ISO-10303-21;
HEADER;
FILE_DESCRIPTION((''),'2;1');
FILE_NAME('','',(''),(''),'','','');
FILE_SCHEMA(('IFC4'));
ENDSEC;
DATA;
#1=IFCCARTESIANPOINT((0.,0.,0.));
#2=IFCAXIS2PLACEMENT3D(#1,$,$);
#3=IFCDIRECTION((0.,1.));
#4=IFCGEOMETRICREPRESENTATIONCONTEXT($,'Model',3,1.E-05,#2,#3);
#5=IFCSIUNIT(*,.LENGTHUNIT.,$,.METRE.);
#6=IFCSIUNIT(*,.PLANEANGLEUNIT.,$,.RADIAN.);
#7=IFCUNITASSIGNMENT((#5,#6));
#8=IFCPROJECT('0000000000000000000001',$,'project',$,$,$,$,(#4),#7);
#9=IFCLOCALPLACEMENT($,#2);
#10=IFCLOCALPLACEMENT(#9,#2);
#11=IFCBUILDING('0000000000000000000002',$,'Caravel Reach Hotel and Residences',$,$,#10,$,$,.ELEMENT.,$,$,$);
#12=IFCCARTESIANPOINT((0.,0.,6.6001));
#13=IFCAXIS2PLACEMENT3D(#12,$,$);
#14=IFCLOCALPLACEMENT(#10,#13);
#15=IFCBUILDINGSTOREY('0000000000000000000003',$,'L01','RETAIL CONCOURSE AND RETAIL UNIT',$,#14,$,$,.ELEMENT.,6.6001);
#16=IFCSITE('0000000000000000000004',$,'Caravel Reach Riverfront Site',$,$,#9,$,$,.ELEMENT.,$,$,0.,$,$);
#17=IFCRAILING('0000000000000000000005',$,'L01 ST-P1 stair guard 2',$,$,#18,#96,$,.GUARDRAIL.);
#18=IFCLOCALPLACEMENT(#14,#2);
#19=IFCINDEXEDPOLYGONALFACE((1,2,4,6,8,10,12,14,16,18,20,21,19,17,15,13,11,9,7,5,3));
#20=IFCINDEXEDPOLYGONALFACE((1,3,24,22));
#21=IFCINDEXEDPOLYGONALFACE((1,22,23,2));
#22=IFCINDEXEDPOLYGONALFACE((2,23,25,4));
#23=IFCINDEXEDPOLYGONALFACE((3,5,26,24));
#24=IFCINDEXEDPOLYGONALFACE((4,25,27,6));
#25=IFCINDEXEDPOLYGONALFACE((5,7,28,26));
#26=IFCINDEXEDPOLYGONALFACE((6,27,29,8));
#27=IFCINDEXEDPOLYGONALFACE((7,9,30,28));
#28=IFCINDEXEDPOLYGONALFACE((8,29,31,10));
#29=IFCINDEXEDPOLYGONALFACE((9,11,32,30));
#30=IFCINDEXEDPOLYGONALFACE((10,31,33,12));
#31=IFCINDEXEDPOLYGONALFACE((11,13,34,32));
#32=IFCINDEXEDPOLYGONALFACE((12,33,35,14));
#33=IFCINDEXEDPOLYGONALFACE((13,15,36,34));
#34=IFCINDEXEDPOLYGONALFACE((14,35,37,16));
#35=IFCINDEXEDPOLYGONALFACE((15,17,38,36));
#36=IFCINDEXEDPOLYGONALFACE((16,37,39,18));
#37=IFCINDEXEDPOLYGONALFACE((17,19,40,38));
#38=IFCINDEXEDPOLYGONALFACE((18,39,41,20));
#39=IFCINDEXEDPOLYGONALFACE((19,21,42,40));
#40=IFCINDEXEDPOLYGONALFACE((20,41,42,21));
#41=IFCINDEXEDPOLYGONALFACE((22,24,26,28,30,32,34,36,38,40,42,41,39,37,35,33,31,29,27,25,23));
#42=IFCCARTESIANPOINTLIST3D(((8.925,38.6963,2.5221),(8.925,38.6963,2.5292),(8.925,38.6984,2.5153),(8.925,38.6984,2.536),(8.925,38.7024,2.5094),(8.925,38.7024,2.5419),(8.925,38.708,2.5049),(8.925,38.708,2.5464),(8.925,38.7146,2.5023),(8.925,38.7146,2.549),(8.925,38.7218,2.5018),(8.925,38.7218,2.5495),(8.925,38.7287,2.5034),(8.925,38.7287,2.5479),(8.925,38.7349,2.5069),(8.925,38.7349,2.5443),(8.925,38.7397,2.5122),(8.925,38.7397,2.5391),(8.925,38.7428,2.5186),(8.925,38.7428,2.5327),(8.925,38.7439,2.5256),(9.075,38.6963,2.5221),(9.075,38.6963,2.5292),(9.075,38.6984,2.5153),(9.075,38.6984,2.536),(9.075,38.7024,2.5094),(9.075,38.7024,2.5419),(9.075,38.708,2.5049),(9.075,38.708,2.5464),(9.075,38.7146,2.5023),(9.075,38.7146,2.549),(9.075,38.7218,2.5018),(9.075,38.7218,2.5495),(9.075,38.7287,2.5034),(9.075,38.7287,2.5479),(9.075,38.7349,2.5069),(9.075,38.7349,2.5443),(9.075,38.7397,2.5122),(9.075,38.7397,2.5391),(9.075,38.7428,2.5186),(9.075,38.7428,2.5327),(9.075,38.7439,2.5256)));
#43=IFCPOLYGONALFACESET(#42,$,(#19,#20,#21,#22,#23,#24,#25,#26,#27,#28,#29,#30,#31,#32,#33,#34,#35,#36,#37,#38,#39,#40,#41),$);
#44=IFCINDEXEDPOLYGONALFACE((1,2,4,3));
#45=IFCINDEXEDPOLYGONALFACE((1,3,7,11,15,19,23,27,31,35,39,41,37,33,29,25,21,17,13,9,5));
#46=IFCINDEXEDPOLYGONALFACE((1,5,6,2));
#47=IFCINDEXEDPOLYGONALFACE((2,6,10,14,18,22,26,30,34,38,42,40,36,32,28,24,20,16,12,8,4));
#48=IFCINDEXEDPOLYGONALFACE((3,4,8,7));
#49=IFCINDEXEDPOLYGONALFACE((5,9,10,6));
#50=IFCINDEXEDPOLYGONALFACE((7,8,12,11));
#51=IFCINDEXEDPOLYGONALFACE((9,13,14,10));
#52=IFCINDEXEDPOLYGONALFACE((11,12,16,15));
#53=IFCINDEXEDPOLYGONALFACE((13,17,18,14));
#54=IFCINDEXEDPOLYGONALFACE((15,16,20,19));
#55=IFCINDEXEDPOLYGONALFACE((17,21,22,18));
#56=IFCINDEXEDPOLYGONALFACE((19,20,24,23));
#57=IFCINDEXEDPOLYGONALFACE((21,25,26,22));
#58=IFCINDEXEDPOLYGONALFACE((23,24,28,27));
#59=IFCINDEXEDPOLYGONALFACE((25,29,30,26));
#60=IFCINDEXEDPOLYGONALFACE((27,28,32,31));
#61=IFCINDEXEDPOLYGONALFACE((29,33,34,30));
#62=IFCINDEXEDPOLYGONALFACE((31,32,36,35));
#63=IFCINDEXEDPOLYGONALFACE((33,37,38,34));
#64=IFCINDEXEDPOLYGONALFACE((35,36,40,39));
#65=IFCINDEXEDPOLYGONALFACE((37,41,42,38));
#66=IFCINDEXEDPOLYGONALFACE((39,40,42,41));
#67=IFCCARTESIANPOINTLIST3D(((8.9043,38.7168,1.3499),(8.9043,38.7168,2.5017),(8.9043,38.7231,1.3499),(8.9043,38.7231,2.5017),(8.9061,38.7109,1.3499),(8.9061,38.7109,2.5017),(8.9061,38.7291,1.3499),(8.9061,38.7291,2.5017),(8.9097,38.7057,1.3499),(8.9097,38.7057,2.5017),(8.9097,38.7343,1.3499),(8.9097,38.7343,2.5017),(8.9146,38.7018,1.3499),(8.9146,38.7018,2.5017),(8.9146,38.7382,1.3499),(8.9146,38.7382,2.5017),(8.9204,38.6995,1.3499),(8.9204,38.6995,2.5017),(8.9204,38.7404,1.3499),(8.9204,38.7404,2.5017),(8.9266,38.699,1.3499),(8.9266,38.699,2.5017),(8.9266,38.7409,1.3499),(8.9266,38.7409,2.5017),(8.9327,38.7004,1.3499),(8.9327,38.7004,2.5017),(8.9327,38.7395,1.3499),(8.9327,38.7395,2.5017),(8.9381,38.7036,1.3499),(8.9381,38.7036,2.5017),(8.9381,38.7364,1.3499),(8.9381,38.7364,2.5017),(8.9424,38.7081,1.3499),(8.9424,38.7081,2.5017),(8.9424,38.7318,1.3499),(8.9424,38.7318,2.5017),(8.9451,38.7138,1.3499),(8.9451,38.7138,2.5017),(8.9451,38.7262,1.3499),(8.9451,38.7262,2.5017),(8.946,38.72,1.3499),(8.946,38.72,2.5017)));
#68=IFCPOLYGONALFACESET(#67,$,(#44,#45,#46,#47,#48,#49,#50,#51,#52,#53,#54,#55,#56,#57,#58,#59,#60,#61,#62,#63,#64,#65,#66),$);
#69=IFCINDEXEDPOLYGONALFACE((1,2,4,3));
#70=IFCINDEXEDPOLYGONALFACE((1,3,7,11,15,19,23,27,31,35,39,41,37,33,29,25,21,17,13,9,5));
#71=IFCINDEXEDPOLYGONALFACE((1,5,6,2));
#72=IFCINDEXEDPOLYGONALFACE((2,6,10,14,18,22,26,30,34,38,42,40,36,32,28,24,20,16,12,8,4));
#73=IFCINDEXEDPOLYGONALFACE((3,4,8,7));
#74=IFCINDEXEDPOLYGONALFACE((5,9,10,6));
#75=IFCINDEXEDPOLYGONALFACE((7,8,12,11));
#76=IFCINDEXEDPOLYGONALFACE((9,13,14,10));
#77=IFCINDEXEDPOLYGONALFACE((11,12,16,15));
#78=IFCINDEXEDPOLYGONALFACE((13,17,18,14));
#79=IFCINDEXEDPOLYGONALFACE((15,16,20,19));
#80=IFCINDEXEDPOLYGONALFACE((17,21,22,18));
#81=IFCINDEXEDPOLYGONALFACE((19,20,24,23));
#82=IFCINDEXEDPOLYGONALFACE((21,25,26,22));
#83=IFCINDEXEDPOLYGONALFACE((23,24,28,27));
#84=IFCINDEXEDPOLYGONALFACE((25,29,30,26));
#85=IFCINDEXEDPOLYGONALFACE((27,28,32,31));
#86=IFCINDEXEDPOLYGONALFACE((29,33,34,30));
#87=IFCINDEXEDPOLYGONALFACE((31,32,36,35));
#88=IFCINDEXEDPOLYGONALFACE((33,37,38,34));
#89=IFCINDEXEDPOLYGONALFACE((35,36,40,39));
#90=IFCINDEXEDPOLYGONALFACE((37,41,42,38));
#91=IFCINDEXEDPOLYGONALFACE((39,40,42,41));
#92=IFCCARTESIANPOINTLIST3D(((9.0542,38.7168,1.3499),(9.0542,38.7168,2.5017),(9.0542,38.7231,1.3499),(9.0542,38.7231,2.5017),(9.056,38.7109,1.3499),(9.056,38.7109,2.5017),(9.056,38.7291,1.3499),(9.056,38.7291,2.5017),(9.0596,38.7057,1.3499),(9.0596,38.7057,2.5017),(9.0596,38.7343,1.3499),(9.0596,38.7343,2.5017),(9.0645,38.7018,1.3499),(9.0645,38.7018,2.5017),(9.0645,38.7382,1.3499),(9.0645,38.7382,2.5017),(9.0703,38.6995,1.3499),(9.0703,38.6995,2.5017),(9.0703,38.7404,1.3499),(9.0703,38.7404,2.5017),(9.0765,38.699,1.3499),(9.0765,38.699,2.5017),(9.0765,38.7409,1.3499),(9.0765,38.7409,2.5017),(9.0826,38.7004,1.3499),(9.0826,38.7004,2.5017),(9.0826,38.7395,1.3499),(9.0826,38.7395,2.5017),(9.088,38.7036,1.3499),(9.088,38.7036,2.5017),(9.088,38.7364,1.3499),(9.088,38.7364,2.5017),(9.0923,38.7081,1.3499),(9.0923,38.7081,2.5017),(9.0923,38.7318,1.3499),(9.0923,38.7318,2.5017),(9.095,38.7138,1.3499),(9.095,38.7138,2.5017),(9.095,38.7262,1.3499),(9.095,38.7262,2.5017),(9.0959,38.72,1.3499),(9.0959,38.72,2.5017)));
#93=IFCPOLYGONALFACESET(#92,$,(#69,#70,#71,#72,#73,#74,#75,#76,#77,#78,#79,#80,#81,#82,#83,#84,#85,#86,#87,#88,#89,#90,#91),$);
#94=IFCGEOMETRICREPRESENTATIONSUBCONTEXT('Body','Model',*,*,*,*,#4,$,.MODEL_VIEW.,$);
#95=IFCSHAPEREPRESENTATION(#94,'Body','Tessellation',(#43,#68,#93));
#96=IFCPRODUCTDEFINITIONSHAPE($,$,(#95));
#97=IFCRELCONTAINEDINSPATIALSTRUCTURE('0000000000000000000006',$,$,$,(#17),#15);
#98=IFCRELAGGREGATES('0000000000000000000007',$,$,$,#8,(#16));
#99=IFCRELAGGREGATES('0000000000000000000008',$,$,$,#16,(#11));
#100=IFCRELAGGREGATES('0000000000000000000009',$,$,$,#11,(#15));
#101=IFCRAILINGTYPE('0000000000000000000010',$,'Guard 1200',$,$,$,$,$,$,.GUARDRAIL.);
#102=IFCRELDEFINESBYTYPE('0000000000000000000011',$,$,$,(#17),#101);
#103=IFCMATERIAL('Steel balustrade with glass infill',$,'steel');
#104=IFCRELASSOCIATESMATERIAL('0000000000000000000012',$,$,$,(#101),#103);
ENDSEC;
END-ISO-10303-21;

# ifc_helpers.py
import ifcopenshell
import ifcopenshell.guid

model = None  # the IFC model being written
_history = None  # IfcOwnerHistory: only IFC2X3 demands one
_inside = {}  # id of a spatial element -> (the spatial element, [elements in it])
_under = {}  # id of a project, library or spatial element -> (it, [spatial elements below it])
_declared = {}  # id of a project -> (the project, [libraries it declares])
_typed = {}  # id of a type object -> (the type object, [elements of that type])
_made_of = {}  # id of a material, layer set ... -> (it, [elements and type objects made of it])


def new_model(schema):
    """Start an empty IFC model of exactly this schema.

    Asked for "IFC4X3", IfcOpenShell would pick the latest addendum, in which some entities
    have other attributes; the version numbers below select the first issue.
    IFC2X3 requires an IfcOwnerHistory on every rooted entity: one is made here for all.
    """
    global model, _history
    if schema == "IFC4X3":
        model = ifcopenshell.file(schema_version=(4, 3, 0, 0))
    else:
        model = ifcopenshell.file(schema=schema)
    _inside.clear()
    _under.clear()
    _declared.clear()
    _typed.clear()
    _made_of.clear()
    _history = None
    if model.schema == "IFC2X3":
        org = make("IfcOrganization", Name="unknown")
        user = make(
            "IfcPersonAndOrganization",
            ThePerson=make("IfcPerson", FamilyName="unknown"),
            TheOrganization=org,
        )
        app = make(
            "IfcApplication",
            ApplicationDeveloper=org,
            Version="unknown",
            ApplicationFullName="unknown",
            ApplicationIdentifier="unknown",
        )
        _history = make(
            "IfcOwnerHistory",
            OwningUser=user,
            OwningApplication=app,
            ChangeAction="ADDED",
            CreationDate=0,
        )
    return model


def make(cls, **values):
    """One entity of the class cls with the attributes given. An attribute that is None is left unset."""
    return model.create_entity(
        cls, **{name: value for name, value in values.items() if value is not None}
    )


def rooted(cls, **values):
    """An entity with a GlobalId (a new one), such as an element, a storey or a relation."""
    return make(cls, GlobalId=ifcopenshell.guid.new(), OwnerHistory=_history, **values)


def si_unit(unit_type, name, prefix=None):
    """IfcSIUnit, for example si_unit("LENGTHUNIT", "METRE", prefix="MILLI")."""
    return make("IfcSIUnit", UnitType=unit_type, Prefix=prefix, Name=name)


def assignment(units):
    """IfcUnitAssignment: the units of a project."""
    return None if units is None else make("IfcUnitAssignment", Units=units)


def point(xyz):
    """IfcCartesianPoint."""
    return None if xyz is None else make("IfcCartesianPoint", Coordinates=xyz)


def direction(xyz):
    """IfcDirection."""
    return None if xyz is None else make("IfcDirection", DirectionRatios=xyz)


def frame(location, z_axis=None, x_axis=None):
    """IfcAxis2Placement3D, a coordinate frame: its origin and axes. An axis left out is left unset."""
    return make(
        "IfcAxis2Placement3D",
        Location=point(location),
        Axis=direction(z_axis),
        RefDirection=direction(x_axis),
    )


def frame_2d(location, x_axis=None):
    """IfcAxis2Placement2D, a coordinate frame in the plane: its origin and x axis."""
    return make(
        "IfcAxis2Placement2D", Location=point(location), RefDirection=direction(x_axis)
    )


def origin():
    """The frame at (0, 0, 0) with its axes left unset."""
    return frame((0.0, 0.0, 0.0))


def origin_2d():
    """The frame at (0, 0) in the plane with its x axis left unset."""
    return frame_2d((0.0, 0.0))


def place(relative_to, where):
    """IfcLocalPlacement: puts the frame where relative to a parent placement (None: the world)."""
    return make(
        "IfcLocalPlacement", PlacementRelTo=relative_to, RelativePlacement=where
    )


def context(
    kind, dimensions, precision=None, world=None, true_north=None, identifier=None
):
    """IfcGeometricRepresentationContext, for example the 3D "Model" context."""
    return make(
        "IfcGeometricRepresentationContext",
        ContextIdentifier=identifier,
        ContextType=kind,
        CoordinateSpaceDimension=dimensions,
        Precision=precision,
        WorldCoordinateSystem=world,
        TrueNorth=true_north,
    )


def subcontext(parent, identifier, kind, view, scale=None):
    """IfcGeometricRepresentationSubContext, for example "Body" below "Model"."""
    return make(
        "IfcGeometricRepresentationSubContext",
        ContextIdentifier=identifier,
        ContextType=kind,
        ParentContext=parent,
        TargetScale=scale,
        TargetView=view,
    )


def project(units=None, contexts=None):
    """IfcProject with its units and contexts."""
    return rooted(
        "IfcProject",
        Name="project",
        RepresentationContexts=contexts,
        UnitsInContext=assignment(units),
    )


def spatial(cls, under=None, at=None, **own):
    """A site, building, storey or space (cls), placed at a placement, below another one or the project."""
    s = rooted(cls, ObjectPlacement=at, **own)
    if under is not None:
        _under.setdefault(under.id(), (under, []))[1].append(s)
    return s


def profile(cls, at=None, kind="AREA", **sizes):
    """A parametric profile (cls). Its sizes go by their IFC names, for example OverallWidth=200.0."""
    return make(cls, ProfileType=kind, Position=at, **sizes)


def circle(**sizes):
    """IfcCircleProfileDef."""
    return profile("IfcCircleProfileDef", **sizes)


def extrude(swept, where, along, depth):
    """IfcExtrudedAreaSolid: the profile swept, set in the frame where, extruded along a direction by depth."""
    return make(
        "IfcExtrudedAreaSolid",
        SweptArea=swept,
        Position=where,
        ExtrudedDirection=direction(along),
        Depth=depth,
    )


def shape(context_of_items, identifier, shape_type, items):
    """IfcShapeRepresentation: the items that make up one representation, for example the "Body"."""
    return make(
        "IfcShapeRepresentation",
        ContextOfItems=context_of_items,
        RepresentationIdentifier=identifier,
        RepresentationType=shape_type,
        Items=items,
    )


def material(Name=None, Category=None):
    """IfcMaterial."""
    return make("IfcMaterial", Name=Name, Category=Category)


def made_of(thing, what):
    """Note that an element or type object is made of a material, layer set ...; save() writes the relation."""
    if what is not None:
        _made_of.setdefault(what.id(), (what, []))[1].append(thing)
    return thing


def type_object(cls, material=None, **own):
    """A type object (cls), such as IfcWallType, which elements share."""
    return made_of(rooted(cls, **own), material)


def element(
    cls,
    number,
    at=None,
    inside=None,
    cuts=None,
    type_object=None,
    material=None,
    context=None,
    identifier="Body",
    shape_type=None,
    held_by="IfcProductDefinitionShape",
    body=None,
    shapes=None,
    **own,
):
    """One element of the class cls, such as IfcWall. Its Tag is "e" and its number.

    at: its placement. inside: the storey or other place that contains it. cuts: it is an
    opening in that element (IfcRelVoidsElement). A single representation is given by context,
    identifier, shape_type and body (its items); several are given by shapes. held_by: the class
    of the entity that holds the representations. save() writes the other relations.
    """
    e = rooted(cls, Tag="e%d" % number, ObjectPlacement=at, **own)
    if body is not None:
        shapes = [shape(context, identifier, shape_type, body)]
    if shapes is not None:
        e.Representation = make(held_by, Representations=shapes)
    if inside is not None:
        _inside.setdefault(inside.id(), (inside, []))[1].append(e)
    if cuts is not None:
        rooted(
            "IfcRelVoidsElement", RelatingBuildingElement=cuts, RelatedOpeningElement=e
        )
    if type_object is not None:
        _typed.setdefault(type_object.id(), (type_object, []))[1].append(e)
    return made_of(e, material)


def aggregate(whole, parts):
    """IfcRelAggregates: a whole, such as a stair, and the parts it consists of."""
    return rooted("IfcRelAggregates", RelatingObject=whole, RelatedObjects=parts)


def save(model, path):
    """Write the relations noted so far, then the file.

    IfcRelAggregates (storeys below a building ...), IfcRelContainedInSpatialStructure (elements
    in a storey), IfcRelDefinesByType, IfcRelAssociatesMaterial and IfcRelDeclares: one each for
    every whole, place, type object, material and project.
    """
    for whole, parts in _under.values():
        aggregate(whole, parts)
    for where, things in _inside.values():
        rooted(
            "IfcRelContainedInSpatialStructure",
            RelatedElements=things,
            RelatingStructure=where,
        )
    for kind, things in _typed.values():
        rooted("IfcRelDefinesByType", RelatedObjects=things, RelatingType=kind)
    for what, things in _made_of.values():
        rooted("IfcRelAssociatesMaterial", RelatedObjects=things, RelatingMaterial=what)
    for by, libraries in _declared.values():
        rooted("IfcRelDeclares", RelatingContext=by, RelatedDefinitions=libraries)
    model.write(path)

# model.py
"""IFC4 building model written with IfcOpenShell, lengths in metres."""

from ifc_helpers import new_model, si_unit, direction, frame, origin, origin_2d, place, context, subcontext, project, spatial, circle, extrude, material, type_object, element, save


model = new_model("IFC4")

# Units and contexts
model_context = context("Model", 3, precision=1e-05, world=origin(), true_north=direction((0.0, 1.0)))
body_context = subcontext(model_context, "Body", "Model", "MODEL_VIEW")
ifc_project = project(units=[si_unit("LENGTHUNIT", "METRE"), si_unit("PLANEANGLEUNIT", "RADIAN")], contexts=[model_context])

# Site, building, storey
site_placement = place(None, origin())
site = spatial("IfcSite", under=ifc_project, at=site_placement, Name="Caravel Reach Riverfront Site", CompositionType="ELEMENT", RefElevation=0.0)
building_placement = place(site_placement, origin())
building = spatial("IfcBuilding", under=site, at=building_placement, Name="Caravel Reach Hotel and Residences", CompositionType="ELEMENT")
storey_placement = place(building_placement, frame((0.0, 0.0, 6.6001)))
storey = spatial("IfcBuildingStorey", under=building, at=storey_placement, Name="L01", Description="RETAIL CONCOURSE AND RETAIL UNIT", CompositionType="ELEMENT", Elevation=6.6001)

# Railing
ifc_material_1 = material(Name="Steel balustrade with glass infill", Category="steel")
railing_type_1 = type_object("IfcRailingType", Name="Guard 1200", PredefinedType="GUARDRAIL", material=ifc_material_1)
railing_1_placement = place(storey_placement, frame((8.925, 38.72, 1.3499)))
element("IfcRailing", 1, at=railing_1_placement, inside=storey, type_object=railing_type_1, Name="L01 ST-P1 stair guard 2", PredefinedType="GUARDRAIL", context=body_context, shape_type="SweptSolid", body=[
    extrude(circle(Radius=0.0239, at=origin_2d()), frame((0.0, 0.0, 1.1758), z_axis=(1.0, 0.0, 0.0), x_axis=(0.0, 1.0, 0.0)), (0.0, 0.0, 1.0), 0.1499),
    extrude(circle(Radius=0.021, at=origin_2d()), origin(), (0.0, 0.0, 1.0), 1.1519),
    extrude(circle(Radius=0.021, at=origin_2d()), frame((0.1499, 0.0, 0.0)), (0.0, 0.0, 1.0), 1.1519),
])

save(model, "model.ifc")
